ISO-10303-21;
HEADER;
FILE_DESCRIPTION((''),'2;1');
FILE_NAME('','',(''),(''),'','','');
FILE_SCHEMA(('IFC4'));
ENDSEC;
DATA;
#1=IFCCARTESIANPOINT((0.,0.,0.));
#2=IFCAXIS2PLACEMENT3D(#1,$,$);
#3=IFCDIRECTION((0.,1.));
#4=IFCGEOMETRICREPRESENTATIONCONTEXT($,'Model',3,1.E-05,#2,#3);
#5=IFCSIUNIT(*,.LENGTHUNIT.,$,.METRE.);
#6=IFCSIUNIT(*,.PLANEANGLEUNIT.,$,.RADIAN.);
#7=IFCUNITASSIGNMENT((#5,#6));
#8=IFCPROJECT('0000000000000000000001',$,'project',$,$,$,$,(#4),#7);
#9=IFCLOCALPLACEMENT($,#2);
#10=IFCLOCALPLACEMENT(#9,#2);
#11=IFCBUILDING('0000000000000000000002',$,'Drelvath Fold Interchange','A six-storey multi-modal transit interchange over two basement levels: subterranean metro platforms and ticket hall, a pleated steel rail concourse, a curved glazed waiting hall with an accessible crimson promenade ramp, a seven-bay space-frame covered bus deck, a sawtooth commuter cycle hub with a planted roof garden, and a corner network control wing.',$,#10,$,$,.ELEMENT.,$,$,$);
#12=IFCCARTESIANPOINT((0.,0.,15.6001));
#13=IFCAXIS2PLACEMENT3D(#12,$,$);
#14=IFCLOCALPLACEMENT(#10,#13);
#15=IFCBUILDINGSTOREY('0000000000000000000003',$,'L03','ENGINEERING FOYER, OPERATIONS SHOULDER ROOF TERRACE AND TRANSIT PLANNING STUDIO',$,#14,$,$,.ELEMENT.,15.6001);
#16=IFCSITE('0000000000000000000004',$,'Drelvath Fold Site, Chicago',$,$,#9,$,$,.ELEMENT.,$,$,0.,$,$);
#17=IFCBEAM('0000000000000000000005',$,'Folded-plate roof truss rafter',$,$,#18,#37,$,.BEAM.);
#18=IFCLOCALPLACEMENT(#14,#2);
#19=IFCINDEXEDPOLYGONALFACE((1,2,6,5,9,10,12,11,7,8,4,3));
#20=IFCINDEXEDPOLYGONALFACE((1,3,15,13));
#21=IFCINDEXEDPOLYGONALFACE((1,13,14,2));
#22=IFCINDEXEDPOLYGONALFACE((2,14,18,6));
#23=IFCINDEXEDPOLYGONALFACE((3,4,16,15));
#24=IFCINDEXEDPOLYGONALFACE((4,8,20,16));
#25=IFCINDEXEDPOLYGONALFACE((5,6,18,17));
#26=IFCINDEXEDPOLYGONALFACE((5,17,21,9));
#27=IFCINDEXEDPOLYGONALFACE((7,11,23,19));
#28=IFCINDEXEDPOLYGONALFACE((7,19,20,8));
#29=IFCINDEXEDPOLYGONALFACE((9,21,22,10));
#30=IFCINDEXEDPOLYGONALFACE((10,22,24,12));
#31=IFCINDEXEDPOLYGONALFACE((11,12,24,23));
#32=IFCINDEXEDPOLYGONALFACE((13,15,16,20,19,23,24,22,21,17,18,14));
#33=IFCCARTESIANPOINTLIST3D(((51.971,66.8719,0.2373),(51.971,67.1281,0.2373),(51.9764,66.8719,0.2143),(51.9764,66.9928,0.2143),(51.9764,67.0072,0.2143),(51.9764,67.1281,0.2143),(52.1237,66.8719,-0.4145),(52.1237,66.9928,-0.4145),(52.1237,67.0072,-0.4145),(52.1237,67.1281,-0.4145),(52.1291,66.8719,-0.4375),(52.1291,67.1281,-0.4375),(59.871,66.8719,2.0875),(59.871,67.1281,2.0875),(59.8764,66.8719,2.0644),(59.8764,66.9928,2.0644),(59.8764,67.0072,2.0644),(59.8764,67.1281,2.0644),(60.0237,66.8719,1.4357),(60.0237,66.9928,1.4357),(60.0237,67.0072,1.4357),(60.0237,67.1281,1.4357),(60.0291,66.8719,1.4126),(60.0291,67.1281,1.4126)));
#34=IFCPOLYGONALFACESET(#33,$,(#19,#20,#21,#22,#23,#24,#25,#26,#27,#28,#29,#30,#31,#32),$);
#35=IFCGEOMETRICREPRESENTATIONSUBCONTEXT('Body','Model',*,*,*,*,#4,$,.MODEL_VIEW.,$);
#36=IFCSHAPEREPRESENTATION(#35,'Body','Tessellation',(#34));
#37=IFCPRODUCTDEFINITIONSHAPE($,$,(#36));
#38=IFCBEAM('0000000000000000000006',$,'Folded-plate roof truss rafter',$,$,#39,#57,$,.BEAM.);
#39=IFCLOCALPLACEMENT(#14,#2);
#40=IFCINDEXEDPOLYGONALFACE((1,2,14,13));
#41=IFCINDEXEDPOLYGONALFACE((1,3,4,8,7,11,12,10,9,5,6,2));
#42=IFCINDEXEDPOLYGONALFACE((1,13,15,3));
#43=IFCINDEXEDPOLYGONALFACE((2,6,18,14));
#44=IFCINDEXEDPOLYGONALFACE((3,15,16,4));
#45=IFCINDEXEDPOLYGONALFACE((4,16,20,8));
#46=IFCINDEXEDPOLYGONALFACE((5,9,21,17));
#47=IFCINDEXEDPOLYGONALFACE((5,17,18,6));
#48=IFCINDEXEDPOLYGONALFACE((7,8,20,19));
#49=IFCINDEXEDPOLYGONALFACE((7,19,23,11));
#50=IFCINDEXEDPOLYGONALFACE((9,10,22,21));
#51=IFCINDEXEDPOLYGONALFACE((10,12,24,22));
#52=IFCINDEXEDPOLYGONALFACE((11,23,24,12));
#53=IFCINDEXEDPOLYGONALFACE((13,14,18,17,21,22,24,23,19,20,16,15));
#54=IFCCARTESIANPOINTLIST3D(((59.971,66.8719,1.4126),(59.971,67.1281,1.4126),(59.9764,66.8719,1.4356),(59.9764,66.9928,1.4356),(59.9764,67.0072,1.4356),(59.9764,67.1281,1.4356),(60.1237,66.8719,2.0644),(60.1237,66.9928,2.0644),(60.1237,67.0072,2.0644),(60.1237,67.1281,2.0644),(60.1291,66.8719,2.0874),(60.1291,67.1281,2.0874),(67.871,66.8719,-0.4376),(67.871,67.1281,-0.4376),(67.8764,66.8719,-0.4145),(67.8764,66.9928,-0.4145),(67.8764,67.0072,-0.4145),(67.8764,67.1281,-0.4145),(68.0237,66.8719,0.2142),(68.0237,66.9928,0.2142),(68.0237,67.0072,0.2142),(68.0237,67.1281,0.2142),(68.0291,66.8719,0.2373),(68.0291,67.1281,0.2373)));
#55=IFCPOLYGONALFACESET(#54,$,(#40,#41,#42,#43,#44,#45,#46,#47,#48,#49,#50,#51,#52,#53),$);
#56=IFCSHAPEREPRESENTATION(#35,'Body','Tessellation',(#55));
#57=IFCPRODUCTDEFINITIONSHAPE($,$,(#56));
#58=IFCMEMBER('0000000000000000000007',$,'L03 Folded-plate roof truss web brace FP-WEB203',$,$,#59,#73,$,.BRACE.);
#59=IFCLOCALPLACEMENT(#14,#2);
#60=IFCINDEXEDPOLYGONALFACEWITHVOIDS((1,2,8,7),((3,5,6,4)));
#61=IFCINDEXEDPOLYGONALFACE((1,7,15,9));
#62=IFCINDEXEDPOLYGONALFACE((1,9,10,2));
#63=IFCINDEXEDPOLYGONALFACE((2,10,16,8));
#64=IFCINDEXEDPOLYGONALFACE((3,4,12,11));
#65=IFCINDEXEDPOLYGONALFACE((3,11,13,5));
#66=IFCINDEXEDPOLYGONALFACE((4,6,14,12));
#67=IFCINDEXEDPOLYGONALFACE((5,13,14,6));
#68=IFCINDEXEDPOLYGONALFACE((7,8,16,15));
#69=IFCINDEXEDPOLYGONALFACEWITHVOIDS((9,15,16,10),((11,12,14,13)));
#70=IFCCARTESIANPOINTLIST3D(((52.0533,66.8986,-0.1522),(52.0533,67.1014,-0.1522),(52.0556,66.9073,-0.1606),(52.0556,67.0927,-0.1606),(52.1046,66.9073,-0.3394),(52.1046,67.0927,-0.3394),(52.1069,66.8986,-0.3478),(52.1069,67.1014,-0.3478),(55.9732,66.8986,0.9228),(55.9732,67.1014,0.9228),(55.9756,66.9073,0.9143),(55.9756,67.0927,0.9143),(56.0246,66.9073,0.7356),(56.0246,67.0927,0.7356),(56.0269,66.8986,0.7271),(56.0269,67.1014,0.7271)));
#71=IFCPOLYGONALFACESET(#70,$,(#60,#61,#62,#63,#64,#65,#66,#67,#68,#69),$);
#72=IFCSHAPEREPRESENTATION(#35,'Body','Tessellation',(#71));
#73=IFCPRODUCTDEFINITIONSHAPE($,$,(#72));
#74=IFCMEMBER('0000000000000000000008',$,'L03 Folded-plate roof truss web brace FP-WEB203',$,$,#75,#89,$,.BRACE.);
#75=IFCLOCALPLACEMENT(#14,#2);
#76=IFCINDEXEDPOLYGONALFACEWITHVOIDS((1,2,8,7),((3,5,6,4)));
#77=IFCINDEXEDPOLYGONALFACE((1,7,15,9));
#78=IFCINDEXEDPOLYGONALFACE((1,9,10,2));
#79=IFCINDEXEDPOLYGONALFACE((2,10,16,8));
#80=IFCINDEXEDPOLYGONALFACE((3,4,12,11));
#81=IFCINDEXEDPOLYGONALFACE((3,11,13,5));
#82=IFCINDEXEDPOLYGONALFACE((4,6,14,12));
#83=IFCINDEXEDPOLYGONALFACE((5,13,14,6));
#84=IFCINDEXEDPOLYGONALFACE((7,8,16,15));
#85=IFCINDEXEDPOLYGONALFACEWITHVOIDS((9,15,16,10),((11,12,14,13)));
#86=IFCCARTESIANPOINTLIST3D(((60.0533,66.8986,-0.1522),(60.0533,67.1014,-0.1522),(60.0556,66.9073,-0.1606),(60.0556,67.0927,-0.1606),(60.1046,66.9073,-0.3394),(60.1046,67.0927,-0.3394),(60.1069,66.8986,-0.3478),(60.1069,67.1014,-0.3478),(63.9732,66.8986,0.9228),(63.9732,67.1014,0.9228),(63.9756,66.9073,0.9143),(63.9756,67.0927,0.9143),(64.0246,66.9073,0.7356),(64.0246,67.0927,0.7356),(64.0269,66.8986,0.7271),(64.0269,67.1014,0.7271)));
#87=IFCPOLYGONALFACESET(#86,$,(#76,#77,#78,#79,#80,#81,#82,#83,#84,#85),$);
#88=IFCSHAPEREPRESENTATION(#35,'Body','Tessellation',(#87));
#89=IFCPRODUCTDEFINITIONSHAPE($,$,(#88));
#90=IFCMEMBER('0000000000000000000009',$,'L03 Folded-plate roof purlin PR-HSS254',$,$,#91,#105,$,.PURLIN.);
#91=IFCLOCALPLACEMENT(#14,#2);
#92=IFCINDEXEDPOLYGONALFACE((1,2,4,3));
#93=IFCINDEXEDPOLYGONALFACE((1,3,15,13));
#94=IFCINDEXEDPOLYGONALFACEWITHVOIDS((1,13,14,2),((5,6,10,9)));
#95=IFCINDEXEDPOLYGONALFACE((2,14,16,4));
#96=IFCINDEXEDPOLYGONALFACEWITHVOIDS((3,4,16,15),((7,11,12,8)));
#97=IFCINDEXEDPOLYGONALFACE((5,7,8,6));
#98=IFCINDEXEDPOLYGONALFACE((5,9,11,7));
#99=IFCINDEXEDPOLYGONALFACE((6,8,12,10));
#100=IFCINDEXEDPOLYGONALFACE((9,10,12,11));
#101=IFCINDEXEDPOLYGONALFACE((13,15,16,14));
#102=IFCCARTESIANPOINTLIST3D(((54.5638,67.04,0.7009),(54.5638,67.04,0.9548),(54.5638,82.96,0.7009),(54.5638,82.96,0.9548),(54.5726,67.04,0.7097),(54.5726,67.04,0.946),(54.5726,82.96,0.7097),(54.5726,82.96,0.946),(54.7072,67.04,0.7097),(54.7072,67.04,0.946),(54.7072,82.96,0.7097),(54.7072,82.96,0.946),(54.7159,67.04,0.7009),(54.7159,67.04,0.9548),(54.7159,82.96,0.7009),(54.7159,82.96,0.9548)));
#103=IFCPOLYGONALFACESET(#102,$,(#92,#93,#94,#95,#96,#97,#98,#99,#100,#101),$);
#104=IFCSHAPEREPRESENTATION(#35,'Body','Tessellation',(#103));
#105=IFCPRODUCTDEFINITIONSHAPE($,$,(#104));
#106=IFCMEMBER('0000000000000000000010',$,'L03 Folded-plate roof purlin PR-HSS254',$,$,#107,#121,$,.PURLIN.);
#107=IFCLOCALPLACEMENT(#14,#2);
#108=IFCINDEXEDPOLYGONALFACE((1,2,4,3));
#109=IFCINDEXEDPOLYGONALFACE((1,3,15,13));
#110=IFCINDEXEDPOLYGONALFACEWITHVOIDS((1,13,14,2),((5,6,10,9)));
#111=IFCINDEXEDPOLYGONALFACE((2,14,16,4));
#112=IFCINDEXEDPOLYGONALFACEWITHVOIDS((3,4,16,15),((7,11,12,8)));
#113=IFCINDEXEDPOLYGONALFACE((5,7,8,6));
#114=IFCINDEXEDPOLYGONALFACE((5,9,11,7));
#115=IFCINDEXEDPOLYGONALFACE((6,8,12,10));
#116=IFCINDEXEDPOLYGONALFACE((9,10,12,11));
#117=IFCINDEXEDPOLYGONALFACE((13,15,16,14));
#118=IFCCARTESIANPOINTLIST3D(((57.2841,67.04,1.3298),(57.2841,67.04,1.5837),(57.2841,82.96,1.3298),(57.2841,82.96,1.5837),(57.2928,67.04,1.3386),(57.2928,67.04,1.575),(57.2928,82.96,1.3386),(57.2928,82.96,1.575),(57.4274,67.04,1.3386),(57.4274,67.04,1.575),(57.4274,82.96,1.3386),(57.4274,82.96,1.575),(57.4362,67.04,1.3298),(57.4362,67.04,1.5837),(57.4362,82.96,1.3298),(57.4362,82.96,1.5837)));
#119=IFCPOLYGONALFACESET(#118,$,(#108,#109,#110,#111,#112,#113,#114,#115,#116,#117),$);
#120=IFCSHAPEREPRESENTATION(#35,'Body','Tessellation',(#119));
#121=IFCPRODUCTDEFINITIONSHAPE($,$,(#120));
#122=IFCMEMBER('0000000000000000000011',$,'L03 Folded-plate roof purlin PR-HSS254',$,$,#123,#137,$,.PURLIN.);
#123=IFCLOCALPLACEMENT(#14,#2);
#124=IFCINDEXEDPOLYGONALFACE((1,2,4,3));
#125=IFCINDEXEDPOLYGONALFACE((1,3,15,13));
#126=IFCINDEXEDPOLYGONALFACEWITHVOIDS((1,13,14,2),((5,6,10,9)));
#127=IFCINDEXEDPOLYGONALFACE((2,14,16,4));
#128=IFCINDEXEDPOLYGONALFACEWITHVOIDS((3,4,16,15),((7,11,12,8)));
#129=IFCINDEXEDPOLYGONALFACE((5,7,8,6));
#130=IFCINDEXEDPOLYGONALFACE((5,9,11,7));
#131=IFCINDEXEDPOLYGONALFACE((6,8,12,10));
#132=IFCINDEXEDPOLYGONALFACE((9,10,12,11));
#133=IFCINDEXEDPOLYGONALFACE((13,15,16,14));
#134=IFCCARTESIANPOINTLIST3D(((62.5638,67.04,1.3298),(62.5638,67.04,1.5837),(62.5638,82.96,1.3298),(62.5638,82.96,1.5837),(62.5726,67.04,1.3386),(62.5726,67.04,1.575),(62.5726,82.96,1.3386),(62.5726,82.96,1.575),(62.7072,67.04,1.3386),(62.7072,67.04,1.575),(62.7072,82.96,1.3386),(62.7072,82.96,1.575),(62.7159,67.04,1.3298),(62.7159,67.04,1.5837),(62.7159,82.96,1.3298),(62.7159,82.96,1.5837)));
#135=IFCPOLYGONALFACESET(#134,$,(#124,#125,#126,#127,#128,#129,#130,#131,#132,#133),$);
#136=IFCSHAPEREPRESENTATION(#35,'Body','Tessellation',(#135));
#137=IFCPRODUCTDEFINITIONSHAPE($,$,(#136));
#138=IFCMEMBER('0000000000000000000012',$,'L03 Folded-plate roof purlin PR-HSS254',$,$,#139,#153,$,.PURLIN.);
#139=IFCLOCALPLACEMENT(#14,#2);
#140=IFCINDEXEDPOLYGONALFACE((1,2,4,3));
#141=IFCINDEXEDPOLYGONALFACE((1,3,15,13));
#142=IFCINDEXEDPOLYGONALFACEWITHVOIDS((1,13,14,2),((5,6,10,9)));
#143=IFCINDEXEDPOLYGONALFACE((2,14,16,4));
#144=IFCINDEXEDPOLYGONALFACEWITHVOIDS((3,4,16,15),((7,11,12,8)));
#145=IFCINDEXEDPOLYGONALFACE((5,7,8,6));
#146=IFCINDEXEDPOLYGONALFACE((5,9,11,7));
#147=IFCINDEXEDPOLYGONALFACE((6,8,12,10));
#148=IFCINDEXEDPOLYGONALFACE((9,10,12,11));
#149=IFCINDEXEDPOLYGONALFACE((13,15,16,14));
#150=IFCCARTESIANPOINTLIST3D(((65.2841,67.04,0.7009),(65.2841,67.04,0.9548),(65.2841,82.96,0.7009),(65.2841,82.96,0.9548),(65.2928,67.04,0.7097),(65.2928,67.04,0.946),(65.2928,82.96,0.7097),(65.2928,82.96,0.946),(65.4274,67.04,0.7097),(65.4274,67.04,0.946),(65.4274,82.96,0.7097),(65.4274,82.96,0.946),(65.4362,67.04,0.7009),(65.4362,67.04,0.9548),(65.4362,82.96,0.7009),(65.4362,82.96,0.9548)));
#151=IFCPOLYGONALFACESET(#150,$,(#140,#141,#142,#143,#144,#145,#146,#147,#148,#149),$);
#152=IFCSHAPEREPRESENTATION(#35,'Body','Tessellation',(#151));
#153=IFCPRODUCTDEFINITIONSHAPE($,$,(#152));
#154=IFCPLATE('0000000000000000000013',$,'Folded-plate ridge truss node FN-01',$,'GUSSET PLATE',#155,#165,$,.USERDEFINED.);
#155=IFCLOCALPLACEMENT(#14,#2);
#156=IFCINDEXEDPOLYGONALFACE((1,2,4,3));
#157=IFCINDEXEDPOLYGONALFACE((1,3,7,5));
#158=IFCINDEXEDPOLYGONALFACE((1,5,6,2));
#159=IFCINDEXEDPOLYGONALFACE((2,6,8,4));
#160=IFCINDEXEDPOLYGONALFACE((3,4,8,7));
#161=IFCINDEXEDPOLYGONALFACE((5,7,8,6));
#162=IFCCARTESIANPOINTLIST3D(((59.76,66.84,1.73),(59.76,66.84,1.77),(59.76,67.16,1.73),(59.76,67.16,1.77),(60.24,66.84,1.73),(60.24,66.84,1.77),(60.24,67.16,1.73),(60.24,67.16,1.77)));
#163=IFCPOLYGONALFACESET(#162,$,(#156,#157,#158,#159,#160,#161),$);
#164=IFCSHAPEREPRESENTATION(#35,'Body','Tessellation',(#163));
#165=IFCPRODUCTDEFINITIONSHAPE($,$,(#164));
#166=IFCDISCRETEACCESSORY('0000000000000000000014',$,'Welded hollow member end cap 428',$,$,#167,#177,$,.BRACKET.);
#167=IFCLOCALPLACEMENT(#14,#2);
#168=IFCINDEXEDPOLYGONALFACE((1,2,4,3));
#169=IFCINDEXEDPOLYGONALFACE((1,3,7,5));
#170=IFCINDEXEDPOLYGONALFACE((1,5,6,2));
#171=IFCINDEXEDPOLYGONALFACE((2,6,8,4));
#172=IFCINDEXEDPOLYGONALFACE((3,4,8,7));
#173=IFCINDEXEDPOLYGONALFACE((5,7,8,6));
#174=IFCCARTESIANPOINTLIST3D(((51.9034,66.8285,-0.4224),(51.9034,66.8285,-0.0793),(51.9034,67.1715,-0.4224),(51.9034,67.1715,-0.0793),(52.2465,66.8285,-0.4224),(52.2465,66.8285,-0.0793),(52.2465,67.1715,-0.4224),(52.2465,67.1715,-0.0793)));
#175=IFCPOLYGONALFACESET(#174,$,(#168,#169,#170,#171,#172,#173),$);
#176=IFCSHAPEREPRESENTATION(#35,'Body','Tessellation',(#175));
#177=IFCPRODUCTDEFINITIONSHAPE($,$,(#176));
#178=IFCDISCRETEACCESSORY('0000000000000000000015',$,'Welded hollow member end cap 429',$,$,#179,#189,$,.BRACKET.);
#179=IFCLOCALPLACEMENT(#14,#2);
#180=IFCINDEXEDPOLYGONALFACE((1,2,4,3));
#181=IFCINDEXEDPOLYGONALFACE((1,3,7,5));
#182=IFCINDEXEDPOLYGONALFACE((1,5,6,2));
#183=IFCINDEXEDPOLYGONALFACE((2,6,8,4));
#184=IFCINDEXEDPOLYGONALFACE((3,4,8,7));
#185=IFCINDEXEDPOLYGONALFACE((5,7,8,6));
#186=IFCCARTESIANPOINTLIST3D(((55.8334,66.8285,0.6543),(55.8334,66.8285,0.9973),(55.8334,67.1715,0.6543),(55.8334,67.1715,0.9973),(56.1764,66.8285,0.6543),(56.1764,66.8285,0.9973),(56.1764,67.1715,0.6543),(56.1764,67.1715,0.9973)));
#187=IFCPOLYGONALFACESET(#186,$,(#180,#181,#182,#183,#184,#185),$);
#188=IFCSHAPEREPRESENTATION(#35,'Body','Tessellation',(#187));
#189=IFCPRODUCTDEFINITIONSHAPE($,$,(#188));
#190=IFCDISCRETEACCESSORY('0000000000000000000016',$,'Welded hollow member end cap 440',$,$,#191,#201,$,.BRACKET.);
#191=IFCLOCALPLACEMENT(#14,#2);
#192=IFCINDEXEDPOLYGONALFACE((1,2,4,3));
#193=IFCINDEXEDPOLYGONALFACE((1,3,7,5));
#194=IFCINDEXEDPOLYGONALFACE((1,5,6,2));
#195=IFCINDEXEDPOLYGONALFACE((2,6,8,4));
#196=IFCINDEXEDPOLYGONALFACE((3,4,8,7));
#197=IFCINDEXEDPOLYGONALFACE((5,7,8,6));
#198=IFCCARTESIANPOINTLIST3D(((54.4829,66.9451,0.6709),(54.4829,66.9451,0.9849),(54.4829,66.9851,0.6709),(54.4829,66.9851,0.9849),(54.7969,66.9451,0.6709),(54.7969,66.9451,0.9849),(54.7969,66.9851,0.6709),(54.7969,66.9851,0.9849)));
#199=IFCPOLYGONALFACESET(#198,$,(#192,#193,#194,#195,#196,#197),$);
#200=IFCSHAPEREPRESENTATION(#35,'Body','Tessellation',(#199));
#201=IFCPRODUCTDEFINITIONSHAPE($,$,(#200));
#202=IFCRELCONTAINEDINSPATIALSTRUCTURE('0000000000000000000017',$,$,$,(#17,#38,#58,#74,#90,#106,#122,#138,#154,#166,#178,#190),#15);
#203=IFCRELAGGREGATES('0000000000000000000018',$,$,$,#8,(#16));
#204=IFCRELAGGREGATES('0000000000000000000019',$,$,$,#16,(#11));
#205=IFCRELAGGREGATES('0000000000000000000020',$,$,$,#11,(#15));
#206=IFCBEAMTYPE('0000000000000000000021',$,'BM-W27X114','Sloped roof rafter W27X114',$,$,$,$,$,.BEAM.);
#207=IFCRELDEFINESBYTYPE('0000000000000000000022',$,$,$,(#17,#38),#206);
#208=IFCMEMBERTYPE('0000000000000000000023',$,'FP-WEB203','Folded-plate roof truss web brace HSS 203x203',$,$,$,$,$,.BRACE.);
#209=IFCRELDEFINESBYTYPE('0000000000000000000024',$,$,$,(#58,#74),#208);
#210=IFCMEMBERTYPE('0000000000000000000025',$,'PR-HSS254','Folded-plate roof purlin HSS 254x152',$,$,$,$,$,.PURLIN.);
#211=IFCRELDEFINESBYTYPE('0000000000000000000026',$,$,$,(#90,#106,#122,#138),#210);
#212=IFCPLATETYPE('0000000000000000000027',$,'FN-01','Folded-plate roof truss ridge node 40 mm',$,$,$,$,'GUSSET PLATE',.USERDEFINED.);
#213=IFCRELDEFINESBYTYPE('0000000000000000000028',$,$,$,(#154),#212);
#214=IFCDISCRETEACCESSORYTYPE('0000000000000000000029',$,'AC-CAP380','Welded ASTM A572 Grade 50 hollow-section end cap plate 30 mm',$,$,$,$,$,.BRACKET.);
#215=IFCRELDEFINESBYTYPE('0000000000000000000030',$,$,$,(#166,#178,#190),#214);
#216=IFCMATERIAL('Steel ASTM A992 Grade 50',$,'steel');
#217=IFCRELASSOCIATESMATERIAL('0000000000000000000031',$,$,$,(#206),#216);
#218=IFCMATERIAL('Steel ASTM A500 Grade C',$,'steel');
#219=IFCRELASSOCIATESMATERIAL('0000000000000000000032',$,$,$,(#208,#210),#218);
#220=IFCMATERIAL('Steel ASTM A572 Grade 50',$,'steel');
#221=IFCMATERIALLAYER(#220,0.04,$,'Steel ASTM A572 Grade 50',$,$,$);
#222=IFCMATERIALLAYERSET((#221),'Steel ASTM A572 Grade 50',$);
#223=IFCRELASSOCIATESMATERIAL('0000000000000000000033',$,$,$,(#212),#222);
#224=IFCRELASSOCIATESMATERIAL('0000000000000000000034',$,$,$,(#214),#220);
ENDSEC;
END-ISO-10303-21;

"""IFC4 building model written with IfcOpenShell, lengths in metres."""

from ifc_helpers import new_model, si_unit, direction, frame, origin, origin_2d, place, context, subcontext, project, spatial, rectangle, hollow_rectangle, i_section, extrude, material, layer, layer_set, material_profile, profile_set, type_object, element, save


model = new_model("IFC4")

# Units and contexts
model_context = context("Model", 3, precision=1e-05, world=origin(), true_north=direction((0.0, 1.0)))
body_context = subcontext(model_context, "Body", "Model", "MODEL_VIEW")
ifc_project = project(units=[si_unit("LENGTHUNIT", "METRE"), si_unit("PLANEANGLEUNIT", "RADIAN")], contexts=[model_context])

# Site, building, storey
site_placement = place(None, origin())
site = spatial("IfcSite", under=ifc_project, at=site_placement, Name="Drelvath Fold Site, Chicago", CompositionType="ELEMENT", RefElevation=0.0)
building_placement = place(site_placement, origin())
building = spatial("IfcBuilding", under=site, at=building_placement, Name="Drelvath Fold Interchange", Description="A six-storey multi-modal transit interchange over two basement levels: subterranean metro platforms and ticket hall, a pleated steel rail concourse, a curved glazed waiting hall with an accessible crimson promenade ramp, a seven-bay space-frame covered bus deck, a sawtooth commuter cycle hub with a planted roof garden, and a corner network control wing.", CompositionType="ELEMENT")
storey_placement = place(building_placement, frame((0.0, 0.0, 15.6001)))
storey = spatial("IfcBuildingStorey", under=building, at=storey_placement, Name="L03", Description="ENGINEERING FOYER, OPERATIONS SHOULDER ROOF TERRACE AND TRANSIT PLANNING STUDIO", CompositionType="ELEMENT", Elevation=15.6001)

# Beams
ifc_material_1 = material(Name="Steel ASTM A992 Grade 50", Category="steel")
ifc_material_profile_1 = material_profile(ifc_material_1, i_section(OverallWidth=0.2561, OverallDepth=0.6931, WebThickness=0.0144, FlangeThickness=0.0237, at=origin_2d()), Name="W27X114")
ifc_profile_set_1 = profile_set([ifc_material_profile_1], Name="Steel ASTM A992 Grade 50")
beam_type = type_object("IfcBeamType", Name="BM-W27X114", Description="Sloped roof rafter W27X114", PredefinedType="BEAM", material=ifc_profile_set_1)
for number, where, z_axis, x_axis, name in (
    (1, (52.05, 67.0, -0.1001), (0.973656, 0.0, 0.228023), (0.0, 1.0, 0.0), "Folded-plate roof truss rafter"),
    (2, (60.05, 67.0, 1.75), (0.973656, 0.0, -0.228023), (0.0, 1.0, 0.0), "Folded-plate roof truss rafter"),
):
    element("IfcBeam", number, at=place(storey_placement, frame(where, z_axis=z_axis, x_axis=x_axis)), inside=storey, type_object=beam_type, Name=name, PredefinedType="BEAM", context=body_context, shape_type="SweptSolid", body=[
        extrude(i_section(OverallWidth=0.2561, OverallDepth=0.6931, WebThickness=0.0144, FlangeThickness=0.0237, at=origin_2d()), origin(), (0.0, 0.0, 1.0), 8.1138),
    ])

# Members
ifc_material_2 = material(Name="Steel ASTM A500 Grade C", Category="steel")
ifc_material_profile_2 = material_profile(ifc_material_2, hollow_rectangle(XDim=0.2029, YDim=0.2029, WallThickness=0.0088, at=origin_2d()), Name="HSS8X8X3/8")
ifc_profile_set_2 = profile_set([ifc_material_profile_2], Name="Steel ASTM A500 Grade C")
member_type_1 = type_object("IfcMemberType", Name="FP-WEB203", Description="Folded-plate roof truss web brace HSS 203x203", PredefinedType="BRACE", material=ifc_profile_set_2)
for number, where, z_axis, x_axis, name in (
    (3, (52.0801, 67.0, -0.25), (0.964396, 0.0, 0.264464), (0.0, 1.0, 0.0), "L03 Folded-plate roof truss web brace FP-WEB203"),
    (4, (60.0801, 67.0, -0.25), (0.964396, 0.0, 0.264464), (0.0, 1.0, 0.0), "L03 Folded-plate roof truss web brace FP-WEB203"),
):
    element("IfcMember", number, at=place(storey_placement, frame(where, z_axis=z_axis, x_axis=x_axis)), inside=storey, type_object=member_type_1, Name=name, PredefinedType="BRACE", context=body_context, shape_type="SweptSolid", body=[
        extrude(hollow_rectangle(XDim=0.2029, YDim=0.2029, WallThickness=0.0088, at=origin_2d()), origin(), (0.0, 0.0, 1.0), 4.0647),
    ])
ifc_material_profile_3 = material_profile(ifc_material_2, hollow_rectangle(XDim=0.1521, YDim=0.2539, WallThickness=0.0088, at=origin_2d()), Name="HSS10X6X3/8")
ifc_profile_set_3 = profile_set([ifc_material_profile_3], Name="Steel ASTM A500 Grade C")
member_type_2 = type_object("IfcMemberType", Name="PR-HSS254", Description="Folded-plate roof purlin HSS 254x152", PredefinedType="PURLIN", material=ifc_profile_set_3)
for number, where, z_axis, x_axis, name in (
    (5, (54.6399, 67.04, 0.8279), (0.0, 1.0, 0.0), (-1.0, 0.0, 0.0), "L03 Folded-plate roof purlin PR-HSS254"),
    (6, (57.3601, 67.04, 1.4568), (0.0, 1.0, 0.0), (-1.0, 0.0, 0.0), "L03 Folded-plate roof purlin PR-HSS254"),
    (7, (62.6399, 67.04, 1.4568), (0.0, 1.0, 0.0), (-1.0, 0.0, 0.0), "L03 Folded-plate roof purlin PR-HSS254"),
    (8, (65.3601, 67.04, 0.8279), (0.0, 1.0, 0.0), (-1.0, 0.0, 0.0), "L03 Folded-plate roof purlin PR-HSS254"),
):
    element("IfcMember", number, at=place(storey_placement, frame(where, z_axis=z_axis, x_axis=x_axis)), inside=storey, type_object=member_type_2, Name=name, PredefinedType="PURLIN", context=body_context, shape_type="SweptSolid", body=[
        extrude(hollow_rectangle(XDim=0.1521, YDim=0.2539, WallThickness=0.0088, at=origin_2d()), origin(), (0.0, 0.0, 1.0), 15.9199),
    ])

# Plate
ifc_material_3 = material(Name="Steel ASTM A572 Grade 50", Category="steel")
ifc_layer = layer(ifc_material_3, 0.04, Name="Steel ASTM A572 Grade 50")
ifc_layer_set = layer_set([ifc_layer], Name="Steel ASTM A572 Grade 50")
plate_type = type_object("IfcPlateType", Name="FN-01", Description="Folded-plate roof truss ridge node 40 mm", ElementType="GUSSET PLATE", PredefinedType="USERDEFINED", material=ifc_layer_set)
plate_placement = place(storey_placement, frame((60.0, 67.0, 1.73), z_axis=(0.0, 0.0, 1.0), x_axis=(1.0, 0.0, 0.0)))
element("IfcPlate", 9, at=plate_placement, inside=storey, type_object=plate_type, Name="Folded-plate ridge truss node FN-01", ObjectType="GUSSET PLATE", PredefinedType="USERDEFINED", context=body_context, shape_type="SweptSolid", body=[
    extrude(rectangle(XDim=0.48, YDim=0.3201, at=origin_2d()), origin(), (0.0, 0.0, 1.0), 0.04),
])

# Discrete accessories
discrete_accessory_type = type_object("IfcDiscreteAccessoryType", Name="AC-CAP380", Description="Welded ASTM A572 Grade 50 hollow-section end cap plate 30 mm", PredefinedType="BRACKET", material=ifc_material_3)
for number, where, z_axis, x_axis, name in (
    (10, (52.075, 67.0, -0.4224), (0.0, 0.0, 1.0), (1.0, 0.0, 0.0), "Welded hollow member end cap 428"),
    (11, (56.0049, 67.0, 0.6543), (0.0, 0.0, 1.0), (1.0, 0.0, 0.0), "Welded hollow member end cap 429"),
):
    element("IfcDiscreteAccessory", number, at=place(storey_placement, frame(where, z_axis=z_axis, x_axis=x_axis)), inside=storey, type_object=discrete_accessory_type, Name=name, PredefinedType="BRACKET", context=body_context, shape_type="SweptSolid", body=[
        extrude(rectangle(XDim=0.343, YDim=0.343, at=origin_2d()), origin(), (0.0, 0.0, 1.0), 0.343),
    ])
for number, where, z_axis, x_axis, name in (
    (12, (54.6399, 66.9651, 0.6709), (0.0, 0.0, 1.0), (1.0, 0.0, 0.0), "Welded hollow member end cap 440"),
):
    element("IfcDiscreteAccessory", number, at=place(storey_placement, frame(where, z_axis=z_axis, x_axis=x_axis)), inside=storey, type_object=discrete_accessory_type, Name=name, PredefinedType="BRACKET", context=body_context, shape_type="SweptSolid", body=[
        extrude(rectangle(XDim=0.314, YDim=0.04, at=origin_2d()), origin(), (0.0, 0.0, 1.0), 0.314),
    ])

save(model, "model.ifc")
